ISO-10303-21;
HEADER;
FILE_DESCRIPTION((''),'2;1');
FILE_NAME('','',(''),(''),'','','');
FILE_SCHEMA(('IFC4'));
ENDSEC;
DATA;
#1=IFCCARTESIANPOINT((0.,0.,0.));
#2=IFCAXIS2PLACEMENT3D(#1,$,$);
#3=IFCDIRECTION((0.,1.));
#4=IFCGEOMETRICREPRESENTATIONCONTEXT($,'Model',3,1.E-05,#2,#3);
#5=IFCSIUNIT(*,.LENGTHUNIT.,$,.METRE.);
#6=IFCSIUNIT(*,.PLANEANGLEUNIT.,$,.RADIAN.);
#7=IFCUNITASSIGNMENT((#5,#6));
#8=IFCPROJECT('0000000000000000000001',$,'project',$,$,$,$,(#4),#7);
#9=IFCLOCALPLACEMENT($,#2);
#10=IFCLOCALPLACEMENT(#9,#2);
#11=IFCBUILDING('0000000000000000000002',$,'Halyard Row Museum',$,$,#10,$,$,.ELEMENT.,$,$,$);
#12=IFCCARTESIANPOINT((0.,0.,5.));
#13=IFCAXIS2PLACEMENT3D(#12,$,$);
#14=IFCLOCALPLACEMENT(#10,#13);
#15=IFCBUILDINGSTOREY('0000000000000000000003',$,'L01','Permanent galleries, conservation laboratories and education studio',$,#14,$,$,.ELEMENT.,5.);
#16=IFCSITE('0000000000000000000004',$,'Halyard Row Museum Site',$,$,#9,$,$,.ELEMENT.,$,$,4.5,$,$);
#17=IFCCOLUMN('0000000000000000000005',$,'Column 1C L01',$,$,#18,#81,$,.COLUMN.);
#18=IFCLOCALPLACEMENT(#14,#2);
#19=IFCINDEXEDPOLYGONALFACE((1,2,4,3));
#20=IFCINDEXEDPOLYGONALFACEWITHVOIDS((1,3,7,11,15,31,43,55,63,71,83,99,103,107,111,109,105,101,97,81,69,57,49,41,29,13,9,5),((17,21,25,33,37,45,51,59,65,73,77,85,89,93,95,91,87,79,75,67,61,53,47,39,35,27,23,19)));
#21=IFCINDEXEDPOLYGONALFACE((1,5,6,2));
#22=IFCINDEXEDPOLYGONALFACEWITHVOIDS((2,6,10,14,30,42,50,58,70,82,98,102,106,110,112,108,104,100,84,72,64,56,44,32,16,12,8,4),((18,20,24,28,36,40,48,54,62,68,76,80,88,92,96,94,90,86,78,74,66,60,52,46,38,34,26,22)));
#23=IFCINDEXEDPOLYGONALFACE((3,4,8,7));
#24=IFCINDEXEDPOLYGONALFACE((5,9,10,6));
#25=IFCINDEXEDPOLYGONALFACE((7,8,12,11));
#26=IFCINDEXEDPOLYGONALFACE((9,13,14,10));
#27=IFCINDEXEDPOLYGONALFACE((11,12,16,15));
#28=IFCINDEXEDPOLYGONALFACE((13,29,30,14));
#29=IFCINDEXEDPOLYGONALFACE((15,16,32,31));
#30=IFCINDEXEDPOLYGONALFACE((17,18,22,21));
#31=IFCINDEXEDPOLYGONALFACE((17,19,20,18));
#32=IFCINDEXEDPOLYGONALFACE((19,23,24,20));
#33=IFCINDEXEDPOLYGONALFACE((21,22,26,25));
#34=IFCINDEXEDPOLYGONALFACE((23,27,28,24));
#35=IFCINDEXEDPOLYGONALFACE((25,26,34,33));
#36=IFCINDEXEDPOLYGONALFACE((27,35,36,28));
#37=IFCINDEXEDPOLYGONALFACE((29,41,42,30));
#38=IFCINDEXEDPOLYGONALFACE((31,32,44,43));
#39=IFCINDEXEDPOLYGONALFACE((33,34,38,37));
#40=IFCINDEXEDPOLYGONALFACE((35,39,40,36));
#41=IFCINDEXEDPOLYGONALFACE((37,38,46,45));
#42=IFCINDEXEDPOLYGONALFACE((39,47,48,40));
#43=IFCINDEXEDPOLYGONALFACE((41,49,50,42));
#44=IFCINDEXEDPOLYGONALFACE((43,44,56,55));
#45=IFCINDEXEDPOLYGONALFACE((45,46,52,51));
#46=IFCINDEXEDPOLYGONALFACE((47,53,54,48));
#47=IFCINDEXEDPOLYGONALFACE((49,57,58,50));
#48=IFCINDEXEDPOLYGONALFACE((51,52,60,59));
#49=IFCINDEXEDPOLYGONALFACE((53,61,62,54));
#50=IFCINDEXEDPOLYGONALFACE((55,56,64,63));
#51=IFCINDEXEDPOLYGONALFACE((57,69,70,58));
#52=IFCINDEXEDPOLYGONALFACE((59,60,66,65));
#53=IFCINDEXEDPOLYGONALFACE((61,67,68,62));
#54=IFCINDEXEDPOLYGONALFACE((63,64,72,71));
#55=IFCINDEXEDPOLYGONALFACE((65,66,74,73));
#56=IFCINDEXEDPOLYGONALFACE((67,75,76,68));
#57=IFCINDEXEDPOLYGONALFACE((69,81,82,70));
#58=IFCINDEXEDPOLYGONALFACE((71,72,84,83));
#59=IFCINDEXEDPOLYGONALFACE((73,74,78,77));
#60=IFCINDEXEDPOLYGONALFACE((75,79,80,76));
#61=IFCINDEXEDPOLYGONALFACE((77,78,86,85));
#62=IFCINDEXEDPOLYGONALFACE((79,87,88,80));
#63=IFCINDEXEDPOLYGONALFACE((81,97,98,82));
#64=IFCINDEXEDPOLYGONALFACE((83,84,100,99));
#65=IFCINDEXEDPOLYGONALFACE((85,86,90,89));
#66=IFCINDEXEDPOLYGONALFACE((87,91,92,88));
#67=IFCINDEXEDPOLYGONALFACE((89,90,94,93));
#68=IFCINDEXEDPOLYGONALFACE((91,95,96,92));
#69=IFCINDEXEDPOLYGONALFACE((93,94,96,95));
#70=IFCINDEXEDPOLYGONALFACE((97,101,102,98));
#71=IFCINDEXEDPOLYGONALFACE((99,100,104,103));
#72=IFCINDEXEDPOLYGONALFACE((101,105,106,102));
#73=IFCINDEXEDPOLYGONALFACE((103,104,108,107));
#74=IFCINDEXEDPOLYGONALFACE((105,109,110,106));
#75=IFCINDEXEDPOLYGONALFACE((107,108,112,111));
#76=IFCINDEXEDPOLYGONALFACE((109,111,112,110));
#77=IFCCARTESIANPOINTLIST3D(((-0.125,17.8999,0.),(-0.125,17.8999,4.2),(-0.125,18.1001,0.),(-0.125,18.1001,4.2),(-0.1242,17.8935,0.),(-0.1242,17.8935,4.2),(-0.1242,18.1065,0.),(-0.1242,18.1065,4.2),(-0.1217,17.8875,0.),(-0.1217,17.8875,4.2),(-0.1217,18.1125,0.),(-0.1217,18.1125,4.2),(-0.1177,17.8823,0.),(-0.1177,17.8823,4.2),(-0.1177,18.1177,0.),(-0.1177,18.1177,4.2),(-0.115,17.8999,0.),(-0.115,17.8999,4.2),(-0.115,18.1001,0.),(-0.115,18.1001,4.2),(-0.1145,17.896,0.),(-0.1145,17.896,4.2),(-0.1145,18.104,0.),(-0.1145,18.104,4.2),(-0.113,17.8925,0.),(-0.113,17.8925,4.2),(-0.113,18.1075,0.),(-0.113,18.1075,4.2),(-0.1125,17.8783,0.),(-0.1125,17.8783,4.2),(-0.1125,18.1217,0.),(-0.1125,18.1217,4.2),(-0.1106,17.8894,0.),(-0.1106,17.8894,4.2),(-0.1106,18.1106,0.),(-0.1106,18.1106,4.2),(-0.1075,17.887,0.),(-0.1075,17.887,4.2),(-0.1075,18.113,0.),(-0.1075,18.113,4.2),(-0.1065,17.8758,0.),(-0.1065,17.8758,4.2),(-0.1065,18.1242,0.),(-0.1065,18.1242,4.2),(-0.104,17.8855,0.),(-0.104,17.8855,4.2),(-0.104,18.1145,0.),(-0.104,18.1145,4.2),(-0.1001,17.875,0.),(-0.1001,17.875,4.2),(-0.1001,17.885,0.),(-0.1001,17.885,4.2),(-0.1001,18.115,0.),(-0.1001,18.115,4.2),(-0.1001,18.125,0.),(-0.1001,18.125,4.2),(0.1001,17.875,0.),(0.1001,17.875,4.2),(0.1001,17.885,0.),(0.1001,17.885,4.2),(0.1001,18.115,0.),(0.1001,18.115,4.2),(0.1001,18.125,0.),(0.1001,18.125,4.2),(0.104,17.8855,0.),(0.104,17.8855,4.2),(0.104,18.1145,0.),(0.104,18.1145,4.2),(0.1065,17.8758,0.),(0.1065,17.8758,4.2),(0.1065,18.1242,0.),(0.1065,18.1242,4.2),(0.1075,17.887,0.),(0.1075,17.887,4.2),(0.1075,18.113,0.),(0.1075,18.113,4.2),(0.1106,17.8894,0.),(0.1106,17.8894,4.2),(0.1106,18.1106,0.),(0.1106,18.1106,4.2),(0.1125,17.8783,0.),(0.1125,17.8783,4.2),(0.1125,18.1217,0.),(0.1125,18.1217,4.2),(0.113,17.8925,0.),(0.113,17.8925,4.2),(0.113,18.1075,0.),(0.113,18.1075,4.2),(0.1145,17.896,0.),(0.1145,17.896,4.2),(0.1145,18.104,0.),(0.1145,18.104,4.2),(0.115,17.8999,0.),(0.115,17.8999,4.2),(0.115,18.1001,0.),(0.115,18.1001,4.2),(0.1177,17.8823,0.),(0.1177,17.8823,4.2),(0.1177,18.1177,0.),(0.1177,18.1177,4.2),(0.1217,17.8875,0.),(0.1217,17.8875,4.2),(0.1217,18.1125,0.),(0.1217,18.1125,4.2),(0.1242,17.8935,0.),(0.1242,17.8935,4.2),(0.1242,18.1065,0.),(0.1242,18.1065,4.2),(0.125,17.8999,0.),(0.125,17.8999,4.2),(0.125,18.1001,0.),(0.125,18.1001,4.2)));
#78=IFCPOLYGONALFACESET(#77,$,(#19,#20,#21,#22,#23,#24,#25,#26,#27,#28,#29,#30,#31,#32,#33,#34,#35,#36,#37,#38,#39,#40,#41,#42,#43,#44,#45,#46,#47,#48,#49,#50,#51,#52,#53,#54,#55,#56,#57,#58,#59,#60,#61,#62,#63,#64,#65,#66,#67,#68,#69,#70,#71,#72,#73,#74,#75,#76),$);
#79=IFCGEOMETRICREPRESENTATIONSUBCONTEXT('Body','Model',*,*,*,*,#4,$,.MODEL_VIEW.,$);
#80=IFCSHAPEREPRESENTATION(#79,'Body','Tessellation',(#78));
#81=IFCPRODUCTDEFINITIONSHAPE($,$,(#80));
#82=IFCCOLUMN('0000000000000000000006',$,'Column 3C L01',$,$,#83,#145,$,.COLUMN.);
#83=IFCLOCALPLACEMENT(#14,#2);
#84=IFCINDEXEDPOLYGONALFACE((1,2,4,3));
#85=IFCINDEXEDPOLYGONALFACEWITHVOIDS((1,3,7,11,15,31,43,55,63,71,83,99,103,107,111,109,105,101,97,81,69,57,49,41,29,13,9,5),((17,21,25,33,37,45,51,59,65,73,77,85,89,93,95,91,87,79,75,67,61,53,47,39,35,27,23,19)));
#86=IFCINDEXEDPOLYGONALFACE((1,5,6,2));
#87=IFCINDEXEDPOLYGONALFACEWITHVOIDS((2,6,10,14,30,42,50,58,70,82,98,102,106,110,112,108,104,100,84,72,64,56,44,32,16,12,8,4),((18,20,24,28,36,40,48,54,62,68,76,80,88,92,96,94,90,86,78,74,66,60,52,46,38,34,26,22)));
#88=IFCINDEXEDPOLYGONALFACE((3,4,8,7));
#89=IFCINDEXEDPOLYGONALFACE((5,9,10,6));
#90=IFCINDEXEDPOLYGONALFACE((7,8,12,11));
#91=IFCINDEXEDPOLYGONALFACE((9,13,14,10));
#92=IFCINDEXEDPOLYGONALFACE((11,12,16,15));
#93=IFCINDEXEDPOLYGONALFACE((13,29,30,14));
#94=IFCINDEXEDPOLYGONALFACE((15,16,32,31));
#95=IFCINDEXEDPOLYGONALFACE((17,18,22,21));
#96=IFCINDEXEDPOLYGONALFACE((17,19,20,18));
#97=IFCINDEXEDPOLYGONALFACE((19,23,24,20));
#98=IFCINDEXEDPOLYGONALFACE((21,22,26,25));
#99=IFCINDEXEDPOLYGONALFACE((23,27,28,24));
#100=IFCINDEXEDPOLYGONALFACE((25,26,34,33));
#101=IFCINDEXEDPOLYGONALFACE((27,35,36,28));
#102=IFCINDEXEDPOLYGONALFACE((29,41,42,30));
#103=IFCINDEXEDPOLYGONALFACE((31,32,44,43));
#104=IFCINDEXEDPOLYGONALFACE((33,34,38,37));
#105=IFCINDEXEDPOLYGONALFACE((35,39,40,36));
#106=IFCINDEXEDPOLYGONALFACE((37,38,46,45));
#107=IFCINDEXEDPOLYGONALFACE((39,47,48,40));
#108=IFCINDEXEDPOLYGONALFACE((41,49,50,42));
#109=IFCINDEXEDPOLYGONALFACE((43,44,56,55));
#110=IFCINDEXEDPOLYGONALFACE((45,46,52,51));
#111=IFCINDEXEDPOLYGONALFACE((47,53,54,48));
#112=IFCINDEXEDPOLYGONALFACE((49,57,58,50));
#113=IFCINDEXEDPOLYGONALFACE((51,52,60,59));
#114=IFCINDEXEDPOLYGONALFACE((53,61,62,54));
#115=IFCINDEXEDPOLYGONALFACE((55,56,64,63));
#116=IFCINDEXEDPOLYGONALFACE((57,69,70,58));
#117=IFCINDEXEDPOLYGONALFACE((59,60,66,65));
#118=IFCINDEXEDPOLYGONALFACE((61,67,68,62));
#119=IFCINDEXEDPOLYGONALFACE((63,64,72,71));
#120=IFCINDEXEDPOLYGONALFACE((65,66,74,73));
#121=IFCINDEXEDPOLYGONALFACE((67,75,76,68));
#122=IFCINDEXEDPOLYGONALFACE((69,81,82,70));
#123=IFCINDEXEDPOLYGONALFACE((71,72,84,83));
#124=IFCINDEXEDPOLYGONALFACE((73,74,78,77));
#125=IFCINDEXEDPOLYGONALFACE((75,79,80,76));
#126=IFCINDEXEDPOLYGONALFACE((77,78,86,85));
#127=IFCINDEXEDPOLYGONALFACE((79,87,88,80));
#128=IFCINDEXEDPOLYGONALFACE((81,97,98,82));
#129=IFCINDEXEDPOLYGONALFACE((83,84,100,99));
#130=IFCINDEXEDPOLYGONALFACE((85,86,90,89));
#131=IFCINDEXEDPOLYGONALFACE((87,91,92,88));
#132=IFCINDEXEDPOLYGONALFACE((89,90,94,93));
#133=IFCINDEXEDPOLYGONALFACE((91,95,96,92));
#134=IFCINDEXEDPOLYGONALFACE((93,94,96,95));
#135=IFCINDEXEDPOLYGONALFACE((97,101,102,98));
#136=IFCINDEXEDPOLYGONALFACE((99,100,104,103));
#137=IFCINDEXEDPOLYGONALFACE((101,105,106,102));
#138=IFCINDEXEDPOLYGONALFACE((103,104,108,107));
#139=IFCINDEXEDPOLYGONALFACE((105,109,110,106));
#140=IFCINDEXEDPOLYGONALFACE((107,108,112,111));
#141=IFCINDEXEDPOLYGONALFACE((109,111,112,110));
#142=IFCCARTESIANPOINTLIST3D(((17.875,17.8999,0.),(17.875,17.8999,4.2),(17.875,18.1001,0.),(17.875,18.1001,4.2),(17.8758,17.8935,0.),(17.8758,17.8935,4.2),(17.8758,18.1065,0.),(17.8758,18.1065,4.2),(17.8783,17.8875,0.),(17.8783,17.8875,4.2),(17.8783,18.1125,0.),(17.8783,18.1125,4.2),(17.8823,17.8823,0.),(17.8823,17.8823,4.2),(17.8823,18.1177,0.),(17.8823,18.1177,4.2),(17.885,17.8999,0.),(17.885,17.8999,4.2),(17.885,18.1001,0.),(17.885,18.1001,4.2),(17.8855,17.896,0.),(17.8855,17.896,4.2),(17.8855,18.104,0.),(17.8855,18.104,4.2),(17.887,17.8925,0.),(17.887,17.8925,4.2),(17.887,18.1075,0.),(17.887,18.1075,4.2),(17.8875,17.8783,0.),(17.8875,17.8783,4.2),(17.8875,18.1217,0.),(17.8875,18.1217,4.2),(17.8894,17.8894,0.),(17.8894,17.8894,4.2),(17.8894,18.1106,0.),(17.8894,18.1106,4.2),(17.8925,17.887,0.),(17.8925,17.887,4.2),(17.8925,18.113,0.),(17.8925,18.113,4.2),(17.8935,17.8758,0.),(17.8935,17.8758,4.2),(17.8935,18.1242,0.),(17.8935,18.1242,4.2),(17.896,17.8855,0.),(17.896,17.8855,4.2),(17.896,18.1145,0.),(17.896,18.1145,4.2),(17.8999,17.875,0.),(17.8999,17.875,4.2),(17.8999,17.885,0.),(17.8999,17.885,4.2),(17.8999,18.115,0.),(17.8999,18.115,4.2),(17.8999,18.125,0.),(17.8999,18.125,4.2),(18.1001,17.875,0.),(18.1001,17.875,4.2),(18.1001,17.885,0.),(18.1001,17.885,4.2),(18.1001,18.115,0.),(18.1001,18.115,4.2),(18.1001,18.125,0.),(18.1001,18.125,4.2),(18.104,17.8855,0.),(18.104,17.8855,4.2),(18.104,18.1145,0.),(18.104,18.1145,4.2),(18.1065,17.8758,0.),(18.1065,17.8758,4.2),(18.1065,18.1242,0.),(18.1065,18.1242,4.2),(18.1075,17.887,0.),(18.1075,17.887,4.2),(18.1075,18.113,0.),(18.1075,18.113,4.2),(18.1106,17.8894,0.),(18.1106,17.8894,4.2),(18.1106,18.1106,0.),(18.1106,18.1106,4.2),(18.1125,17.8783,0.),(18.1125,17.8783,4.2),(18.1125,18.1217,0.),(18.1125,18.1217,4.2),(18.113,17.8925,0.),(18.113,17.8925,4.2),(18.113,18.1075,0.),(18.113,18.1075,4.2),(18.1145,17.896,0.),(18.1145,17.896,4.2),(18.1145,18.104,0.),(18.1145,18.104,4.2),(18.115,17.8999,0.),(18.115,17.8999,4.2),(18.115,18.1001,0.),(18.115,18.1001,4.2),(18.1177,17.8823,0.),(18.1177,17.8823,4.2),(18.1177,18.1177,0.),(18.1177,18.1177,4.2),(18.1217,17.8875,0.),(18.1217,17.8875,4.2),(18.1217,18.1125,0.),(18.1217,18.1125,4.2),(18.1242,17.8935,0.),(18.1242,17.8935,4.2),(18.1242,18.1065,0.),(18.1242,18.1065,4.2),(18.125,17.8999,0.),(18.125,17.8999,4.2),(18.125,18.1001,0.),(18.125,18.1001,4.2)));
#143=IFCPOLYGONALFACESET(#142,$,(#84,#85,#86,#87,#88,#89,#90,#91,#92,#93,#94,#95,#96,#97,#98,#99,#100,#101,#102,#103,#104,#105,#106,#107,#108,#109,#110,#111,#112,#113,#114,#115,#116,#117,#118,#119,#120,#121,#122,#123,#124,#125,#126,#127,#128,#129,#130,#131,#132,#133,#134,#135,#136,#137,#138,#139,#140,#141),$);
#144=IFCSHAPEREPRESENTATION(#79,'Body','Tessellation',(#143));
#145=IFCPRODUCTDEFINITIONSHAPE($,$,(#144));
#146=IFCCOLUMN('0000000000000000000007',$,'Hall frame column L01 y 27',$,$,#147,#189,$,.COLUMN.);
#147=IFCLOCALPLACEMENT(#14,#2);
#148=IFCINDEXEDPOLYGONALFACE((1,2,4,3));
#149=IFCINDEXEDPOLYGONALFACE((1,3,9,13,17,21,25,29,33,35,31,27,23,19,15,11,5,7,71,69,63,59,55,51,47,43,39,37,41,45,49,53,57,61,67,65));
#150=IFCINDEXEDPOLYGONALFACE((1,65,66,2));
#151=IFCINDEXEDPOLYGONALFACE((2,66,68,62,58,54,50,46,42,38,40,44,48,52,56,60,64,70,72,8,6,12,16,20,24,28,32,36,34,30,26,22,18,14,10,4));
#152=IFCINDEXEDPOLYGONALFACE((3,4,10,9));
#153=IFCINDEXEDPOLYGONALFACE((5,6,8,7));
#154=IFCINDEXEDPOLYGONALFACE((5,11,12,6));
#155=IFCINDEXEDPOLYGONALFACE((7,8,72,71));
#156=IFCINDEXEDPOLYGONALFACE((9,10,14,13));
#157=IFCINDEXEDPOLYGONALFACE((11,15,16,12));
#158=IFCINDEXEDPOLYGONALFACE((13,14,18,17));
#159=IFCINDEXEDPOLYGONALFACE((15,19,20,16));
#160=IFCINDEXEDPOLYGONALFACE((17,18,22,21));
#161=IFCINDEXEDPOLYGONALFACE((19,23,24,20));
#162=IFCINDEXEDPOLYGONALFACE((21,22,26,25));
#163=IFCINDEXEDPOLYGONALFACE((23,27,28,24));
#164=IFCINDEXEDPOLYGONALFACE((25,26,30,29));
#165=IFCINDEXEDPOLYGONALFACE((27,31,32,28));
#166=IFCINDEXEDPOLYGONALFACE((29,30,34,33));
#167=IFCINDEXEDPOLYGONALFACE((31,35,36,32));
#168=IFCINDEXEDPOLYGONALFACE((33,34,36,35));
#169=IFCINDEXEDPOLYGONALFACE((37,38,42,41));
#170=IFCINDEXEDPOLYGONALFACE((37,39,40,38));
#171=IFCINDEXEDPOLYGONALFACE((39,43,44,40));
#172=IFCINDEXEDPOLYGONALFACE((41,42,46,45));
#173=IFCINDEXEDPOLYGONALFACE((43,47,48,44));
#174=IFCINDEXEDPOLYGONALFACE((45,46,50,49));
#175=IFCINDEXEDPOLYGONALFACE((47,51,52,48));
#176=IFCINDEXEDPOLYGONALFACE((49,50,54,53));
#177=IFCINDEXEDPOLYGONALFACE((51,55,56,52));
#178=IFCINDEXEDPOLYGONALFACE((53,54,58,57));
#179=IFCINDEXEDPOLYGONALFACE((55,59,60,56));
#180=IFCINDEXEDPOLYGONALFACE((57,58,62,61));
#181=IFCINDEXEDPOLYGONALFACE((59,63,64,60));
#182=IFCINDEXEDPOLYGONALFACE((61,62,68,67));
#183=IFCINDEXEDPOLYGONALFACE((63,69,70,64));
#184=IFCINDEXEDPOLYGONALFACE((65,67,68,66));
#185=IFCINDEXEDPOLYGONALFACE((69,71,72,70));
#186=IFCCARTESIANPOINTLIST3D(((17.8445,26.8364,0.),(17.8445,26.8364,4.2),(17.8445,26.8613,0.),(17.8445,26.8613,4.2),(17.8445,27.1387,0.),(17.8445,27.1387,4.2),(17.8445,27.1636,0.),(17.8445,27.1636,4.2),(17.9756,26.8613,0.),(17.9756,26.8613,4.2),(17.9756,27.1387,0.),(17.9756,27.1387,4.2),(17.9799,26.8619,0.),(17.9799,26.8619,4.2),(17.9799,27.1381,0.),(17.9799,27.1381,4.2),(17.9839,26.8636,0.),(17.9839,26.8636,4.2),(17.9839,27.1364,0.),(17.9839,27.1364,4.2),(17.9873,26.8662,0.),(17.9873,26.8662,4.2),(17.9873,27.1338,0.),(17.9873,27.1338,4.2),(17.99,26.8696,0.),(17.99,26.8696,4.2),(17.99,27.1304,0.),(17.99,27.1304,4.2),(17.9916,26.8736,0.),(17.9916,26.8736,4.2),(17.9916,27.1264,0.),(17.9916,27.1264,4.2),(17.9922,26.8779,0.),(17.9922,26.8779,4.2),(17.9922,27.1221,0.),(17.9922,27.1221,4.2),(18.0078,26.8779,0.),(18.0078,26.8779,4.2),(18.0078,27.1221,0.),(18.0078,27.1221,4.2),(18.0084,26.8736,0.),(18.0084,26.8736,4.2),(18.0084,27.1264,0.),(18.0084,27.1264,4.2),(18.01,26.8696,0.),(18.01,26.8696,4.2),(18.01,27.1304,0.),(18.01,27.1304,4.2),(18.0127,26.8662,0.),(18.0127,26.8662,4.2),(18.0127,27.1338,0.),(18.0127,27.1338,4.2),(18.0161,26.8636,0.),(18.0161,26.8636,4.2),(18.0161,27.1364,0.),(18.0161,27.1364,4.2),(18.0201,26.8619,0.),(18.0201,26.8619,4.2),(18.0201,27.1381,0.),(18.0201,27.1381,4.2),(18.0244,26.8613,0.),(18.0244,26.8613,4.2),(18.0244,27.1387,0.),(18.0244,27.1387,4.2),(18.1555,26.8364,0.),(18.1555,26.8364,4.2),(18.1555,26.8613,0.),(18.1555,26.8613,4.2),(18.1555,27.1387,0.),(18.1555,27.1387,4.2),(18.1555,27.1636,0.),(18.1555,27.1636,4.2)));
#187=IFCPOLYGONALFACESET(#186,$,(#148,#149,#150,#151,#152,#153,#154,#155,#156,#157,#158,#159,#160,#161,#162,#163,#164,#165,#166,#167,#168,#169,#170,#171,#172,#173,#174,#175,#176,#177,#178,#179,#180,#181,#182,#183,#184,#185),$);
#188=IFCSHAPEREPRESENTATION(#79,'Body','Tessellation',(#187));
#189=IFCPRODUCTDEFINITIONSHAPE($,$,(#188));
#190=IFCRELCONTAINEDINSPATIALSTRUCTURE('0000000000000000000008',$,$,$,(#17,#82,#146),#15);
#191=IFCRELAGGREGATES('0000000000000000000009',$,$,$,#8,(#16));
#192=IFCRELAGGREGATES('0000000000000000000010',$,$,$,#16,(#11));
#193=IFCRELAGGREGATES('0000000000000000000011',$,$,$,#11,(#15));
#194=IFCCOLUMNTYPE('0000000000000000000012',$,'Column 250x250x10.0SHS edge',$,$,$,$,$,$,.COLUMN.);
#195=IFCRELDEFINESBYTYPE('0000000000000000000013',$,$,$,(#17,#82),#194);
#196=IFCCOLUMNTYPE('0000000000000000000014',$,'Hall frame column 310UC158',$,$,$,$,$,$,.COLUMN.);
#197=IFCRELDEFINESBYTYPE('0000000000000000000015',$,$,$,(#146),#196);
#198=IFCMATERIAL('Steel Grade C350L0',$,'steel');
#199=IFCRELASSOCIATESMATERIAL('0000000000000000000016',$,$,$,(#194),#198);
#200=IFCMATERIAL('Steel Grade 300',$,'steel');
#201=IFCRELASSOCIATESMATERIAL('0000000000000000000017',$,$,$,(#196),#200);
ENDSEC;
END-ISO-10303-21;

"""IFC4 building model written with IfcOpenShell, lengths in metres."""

from ifc_helpers import new_model, si_unit, direction, frame, origin, origin_2d, place, context, subcontext, project, spatial, hollow_rectangle, i_section, extrude, material, material_profile, profile_set, type_object, element, save


model = new_model("IFC4")

# Units and contexts
model_context = context("Model", 3, precision=1e-05, world=origin(), true_north=direction((0.0, 1.0)))
body_context = subcontext(model_context, "Body", "Model", "MODEL_VIEW")
ifc_project = project(units=[si_unit("LENGTHUNIT", "METRE"), si_unit("PLANEANGLEUNIT", "RADIAN")], contexts=[model_context])

# Site, building, storey
site_placement = place(None, origin())
site = spatial("IfcSite", under=ifc_project, at=site_placement, Name="Halyard Row Museum Site", CompositionType="ELEMENT", RefElevation=4.5)
building_placement = place(site_placement, origin())
building = spatial("IfcBuilding", under=site, at=building_placement, Name="Halyard Row Museum", CompositionType="ELEMENT")
storey_placement = place(building_placement, frame((0.0, 0.0, 5.0)))
storey = spatial("IfcBuildingStorey", under=building, at=storey_placement, Name="L01", Description="Permanent galleries, conservation laboratories and education studio", CompositionType="ELEMENT", Elevation=5.0)

# Columns
ifc_material_1 = material(Name="Steel Grade C350L0", Category="steel")
ifc_material_profile_1 = material_profile(ifc_material_1, hollow_rectangle(XDim=0.25, YDim=0.25, WallThickness=0.01, InnerFilletRadius=0.0149, OuterFilletRadius=0.0249, at=origin_2d()), Name="250x250x10.0SHS")
ifc_profile_set_1 = profile_set([ifc_material_profile_1], Name="Steel Grade C350L0")
column_type_1 = type_object("IfcColumnType", Name="Column 250x250x10.0SHS edge", PredefinedType="COLUMN", material=ifc_profile_set_1)
for number, where, z_axis, x_axis, name in (
    (1, (0.0, 18.0, 0.0), (0.0, 0.0, 1.0), (1.0, 0.0, 0.0), "Column 1C L01"),
    (2, (18.0, 18.0, 0.0), (0.0, 0.0, 1.0), (1.0, 0.0, 0.0), "Column 3C L01"),
):
    element("IfcColumn", number, at=place(storey_placement, frame(where, z_axis=z_axis, x_axis=x_axis)), inside=storey, type_object=column_type_1, Name=name, PredefinedType="COLUMN", context=body_context, shape_type="SweptSolid", body=[
        extrude(hollow_rectangle(XDim=0.25, YDim=0.25, WallThickness=0.01, InnerFilletRadius=0.0149, OuterFilletRadius=0.0249, at=origin_2d()), origin(), (0.0, 0.0, 1.0), 4.2),
    ])
ifc_material_2 = material(Name="Steel Grade 300", Category="steel")
ifc_material_profile_2 = material_profile(ifc_material_2, i_section(OverallWidth=0.311, OverallDepth=0.3271, WebThickness=0.0156, FlangeThickness=0.0249, FilletRadius=0.0166, at=origin_2d()), Name="310UC158")
ifc_profile_set_2 = profile_set([ifc_material_profile_2], Name="Steel Grade 300")
column_type_2 = type_object("IfcColumnType", Name="Hall frame column 310UC158", PredefinedType="COLUMN", material=ifc_profile_set_2)
for number, where, z_axis, x_axis, name in (
    (3, (18.0, 27.0, 0.0), (0.0, 0.0, 1.0), (1.0, 0.0, 0.0), "Hall frame column L01 y 27"),
):
    element("IfcColumn", number, at=place(storey_placement, frame(where, z_axis=z_axis, x_axis=x_axis)), inside=storey, type_object=column_type_2, Name=name, PredefinedType="COLUMN", context=body_context, shape_type="SweptSolid", body=[
        extrude(i_section(OverallWidth=0.311, OverallDepth=0.3271, WebThickness=0.0156, FlangeThickness=0.0249, FilletRadius=0.0166, at=origin_2d()), origin(), (0.0, 0.0, 1.0), 4.2),
    ])

save(model, "model.ifc")
